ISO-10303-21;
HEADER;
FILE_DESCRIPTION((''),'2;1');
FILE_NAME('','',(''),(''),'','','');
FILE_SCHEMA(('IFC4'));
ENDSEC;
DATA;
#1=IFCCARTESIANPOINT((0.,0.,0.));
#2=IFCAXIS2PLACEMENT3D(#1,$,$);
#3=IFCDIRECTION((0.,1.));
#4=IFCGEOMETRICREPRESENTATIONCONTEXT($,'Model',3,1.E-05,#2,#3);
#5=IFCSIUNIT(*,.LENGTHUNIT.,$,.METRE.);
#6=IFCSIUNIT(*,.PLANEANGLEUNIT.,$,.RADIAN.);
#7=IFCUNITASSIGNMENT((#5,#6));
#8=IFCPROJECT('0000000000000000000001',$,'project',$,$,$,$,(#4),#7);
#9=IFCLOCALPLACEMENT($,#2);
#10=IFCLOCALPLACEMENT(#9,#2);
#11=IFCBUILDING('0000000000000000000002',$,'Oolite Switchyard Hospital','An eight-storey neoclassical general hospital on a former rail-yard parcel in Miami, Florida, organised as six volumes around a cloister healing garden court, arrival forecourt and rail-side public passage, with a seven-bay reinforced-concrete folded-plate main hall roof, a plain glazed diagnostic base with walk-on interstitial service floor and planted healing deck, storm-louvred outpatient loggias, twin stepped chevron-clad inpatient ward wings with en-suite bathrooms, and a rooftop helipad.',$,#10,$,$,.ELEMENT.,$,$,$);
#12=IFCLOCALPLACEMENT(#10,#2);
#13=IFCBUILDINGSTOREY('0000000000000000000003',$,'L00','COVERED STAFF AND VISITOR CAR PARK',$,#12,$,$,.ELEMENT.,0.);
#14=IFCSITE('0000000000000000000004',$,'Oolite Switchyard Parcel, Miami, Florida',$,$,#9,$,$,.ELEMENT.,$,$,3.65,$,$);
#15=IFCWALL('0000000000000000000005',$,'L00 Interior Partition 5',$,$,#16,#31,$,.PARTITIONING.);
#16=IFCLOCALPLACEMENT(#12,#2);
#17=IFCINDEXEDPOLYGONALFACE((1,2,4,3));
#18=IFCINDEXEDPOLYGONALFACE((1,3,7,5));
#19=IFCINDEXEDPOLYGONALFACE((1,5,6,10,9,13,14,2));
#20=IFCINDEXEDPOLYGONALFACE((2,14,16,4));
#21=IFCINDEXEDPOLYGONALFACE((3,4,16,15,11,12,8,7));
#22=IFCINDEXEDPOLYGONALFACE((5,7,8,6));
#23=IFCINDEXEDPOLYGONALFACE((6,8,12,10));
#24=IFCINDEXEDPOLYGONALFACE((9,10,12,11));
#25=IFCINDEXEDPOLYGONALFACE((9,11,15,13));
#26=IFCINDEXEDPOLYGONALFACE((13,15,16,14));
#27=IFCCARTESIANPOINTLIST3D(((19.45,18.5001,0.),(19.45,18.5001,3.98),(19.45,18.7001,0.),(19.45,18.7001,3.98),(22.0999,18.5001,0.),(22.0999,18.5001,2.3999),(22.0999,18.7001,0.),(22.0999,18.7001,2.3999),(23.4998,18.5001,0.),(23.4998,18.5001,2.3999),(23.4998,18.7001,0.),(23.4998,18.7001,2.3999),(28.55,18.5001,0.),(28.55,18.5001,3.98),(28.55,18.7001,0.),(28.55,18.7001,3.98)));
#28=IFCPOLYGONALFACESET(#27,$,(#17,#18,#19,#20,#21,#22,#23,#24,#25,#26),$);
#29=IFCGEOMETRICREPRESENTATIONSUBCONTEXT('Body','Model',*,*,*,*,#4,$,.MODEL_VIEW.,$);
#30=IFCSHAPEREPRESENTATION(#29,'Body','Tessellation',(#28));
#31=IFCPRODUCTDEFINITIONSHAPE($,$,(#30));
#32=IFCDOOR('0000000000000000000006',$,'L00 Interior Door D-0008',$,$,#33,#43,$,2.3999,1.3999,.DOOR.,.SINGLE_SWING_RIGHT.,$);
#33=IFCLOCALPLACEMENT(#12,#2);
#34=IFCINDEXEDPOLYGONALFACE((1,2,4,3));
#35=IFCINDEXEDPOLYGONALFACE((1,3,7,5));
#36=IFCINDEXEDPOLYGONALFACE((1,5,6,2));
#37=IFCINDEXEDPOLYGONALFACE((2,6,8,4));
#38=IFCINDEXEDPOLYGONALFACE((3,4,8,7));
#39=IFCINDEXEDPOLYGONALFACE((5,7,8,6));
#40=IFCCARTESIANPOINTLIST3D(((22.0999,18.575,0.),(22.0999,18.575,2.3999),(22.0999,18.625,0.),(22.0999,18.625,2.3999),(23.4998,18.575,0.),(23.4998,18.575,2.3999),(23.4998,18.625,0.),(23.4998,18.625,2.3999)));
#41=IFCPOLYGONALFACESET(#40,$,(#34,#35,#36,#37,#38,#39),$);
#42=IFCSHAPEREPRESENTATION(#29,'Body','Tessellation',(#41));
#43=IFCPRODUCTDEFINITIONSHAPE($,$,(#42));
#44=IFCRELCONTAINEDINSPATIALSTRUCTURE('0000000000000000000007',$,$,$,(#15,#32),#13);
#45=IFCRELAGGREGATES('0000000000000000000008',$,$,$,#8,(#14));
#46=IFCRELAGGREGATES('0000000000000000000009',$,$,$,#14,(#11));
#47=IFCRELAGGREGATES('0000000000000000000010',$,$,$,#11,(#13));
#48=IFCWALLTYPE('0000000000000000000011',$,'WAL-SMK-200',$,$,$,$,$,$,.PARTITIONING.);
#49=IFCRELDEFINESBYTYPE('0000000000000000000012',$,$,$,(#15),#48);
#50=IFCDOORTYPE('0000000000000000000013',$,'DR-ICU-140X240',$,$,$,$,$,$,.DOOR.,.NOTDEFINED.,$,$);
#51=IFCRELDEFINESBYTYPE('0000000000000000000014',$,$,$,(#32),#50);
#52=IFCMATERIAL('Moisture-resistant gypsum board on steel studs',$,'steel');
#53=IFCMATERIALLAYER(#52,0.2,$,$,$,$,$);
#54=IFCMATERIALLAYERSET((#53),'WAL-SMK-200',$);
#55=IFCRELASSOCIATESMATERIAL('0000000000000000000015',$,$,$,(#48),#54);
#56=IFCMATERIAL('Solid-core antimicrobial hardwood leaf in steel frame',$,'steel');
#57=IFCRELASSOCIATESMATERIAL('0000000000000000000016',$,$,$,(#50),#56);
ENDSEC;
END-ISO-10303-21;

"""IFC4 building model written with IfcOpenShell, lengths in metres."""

from ifc_helpers import new_model, si_unit, direction, frame, frame_2d, origin, place, context, subcontext, project, spatial, rectangle, extrude, material, layer, layer_set, type_object, element, fill, save


model = new_model("IFC4")

# Units and contexts
model_context = context("Model", 3, precision=1e-05, world=origin(), true_north=direction((0.0, 1.0)))
body_context = subcontext(model_context, "Body", "Model", "MODEL_VIEW")
ifc_project = project(units=[si_unit("LENGTHUNIT", "METRE"), si_unit("PLANEANGLEUNIT", "RADIAN")], contexts=[model_context])

# Site, building, storey
site_placement = place(None, origin())
site = spatial("IfcSite", under=ifc_project, at=site_placement, Name="Oolite Switchyard Parcel, Miami, Florida", CompositionType="ELEMENT", RefElevation=3.65)
building_placement = place(site_placement, origin())
building = spatial("IfcBuilding", under=site, at=building_placement, Name="Oolite Switchyard Hospital", Description="An eight-storey neoclassical general hospital on a former rail-yard parcel in Miami, Florida, organised as six volumes around a cloister healing garden court, arrival forecourt and rail-side public passage, with a seven-bay reinforced-concrete folded-plate main hall roof, a plain glazed diagnostic base with walk-on interstitial service floor and planted healing deck, storm-louvred outpatient loggias, twin stepped chevron-clad inpatient ward wings with en-suite bathrooms, and a rooftop helipad.", CompositionType="ELEMENT")
storey_placement = place(building_placement, origin())
storey = spatial("IfcBuildingStorey", under=building, at=storey_placement, Name="L00", Description="COVERED STAFF AND VISITOR CAR PARK", CompositionType="ELEMENT", Elevation=0.0)

# Wall, opening, door
ifc_material_1 = material(Name="Moisture-resistant gypsum board on steel studs", Category="steel")
ifc_layer_1 = layer(ifc_material_1, 0.2)
ifc_layer_set_1 = layer_set([ifc_layer_1], Name="WAL-SMK-200")
wall_type_1 = type_object("IfcWallType", Name="WAL-SMK-200", PredefinedType="PARTITIONING", material=ifc_layer_set_1)
wall_1_placement = place(storey_placement, frame((19.45, 18.6001, 0.0), z_axis=(0.0, 0.0, 1.0), x_axis=(1.0, 0.0, 0.0)))
wall_1 = element("IfcWall", 1, at=wall_1_placement, inside=storey, type_object=wall_type_1, Name="L00 Interior Partition 5", PredefinedType="PARTITIONING", context=body_context, shape_type="SweptSolid", body=[
    extrude(rectangle(XDim=9.1001, YDim=0.2, at=frame_2d((4.55, 0.0))), origin(), (0.0, 0.0, 1.0), 3.98),
])
opening_1_placement = place(wall_1_placement, frame((2.6499, 0.0, 0.0)))
opening_1 = element("IfcOpeningElement", 2, at=opening_1_placement, cuts=wall_1, PredefinedType="OPENING", context=body_context, shape_type="SweptSolid", body=[
    extrude(rectangle(XDim=1.3999, YDim=2.3999, at=frame_2d((0.7, 1.2))), frame((0.0, 0.1099, 0.0), z_axis=(0.0, -1.0, 0.0), x_axis=(1.0, 0.0, 0.0)), (0.0, 0.0, 1.0), 0.22),
])
ifc_material_2 = material(Name="Solid-core antimicrobial hardwood leaf in steel frame", Category="steel")
door_type_1 = type_object("IfcDoorType", Name="DR-ICU-140X240", OperationType="NOTDEFINED", PredefinedType="DOOR", material=ifc_material_2)
door_1_placement = place(opening_1_placement, origin())
door_1 = element("IfcDoor", 3, at=door_1_placement, inside=storey, type_object=door_type_1, Name="L00 Interior Door D-0008", OperationType="SINGLE_SWING_RIGHT", OverallHeight=2.3999, OverallWidth=1.3999, PredefinedType="DOOR", context=body_context, shape_type="SweptSolid", body=[
    extrude(rectangle(XDim=1.3999, YDim=2.3999, at=frame_2d((0.7, 1.2))), frame((0.0, 0.0249, 0.0), z_axis=(0.0, -1.0, 0.0), x_axis=(1.0, 0.0, 0.0)), (0.0, 0.0, 1.0), 0.05),
])
fill(opening_1, door_1)

save(model, "model.ifc")
